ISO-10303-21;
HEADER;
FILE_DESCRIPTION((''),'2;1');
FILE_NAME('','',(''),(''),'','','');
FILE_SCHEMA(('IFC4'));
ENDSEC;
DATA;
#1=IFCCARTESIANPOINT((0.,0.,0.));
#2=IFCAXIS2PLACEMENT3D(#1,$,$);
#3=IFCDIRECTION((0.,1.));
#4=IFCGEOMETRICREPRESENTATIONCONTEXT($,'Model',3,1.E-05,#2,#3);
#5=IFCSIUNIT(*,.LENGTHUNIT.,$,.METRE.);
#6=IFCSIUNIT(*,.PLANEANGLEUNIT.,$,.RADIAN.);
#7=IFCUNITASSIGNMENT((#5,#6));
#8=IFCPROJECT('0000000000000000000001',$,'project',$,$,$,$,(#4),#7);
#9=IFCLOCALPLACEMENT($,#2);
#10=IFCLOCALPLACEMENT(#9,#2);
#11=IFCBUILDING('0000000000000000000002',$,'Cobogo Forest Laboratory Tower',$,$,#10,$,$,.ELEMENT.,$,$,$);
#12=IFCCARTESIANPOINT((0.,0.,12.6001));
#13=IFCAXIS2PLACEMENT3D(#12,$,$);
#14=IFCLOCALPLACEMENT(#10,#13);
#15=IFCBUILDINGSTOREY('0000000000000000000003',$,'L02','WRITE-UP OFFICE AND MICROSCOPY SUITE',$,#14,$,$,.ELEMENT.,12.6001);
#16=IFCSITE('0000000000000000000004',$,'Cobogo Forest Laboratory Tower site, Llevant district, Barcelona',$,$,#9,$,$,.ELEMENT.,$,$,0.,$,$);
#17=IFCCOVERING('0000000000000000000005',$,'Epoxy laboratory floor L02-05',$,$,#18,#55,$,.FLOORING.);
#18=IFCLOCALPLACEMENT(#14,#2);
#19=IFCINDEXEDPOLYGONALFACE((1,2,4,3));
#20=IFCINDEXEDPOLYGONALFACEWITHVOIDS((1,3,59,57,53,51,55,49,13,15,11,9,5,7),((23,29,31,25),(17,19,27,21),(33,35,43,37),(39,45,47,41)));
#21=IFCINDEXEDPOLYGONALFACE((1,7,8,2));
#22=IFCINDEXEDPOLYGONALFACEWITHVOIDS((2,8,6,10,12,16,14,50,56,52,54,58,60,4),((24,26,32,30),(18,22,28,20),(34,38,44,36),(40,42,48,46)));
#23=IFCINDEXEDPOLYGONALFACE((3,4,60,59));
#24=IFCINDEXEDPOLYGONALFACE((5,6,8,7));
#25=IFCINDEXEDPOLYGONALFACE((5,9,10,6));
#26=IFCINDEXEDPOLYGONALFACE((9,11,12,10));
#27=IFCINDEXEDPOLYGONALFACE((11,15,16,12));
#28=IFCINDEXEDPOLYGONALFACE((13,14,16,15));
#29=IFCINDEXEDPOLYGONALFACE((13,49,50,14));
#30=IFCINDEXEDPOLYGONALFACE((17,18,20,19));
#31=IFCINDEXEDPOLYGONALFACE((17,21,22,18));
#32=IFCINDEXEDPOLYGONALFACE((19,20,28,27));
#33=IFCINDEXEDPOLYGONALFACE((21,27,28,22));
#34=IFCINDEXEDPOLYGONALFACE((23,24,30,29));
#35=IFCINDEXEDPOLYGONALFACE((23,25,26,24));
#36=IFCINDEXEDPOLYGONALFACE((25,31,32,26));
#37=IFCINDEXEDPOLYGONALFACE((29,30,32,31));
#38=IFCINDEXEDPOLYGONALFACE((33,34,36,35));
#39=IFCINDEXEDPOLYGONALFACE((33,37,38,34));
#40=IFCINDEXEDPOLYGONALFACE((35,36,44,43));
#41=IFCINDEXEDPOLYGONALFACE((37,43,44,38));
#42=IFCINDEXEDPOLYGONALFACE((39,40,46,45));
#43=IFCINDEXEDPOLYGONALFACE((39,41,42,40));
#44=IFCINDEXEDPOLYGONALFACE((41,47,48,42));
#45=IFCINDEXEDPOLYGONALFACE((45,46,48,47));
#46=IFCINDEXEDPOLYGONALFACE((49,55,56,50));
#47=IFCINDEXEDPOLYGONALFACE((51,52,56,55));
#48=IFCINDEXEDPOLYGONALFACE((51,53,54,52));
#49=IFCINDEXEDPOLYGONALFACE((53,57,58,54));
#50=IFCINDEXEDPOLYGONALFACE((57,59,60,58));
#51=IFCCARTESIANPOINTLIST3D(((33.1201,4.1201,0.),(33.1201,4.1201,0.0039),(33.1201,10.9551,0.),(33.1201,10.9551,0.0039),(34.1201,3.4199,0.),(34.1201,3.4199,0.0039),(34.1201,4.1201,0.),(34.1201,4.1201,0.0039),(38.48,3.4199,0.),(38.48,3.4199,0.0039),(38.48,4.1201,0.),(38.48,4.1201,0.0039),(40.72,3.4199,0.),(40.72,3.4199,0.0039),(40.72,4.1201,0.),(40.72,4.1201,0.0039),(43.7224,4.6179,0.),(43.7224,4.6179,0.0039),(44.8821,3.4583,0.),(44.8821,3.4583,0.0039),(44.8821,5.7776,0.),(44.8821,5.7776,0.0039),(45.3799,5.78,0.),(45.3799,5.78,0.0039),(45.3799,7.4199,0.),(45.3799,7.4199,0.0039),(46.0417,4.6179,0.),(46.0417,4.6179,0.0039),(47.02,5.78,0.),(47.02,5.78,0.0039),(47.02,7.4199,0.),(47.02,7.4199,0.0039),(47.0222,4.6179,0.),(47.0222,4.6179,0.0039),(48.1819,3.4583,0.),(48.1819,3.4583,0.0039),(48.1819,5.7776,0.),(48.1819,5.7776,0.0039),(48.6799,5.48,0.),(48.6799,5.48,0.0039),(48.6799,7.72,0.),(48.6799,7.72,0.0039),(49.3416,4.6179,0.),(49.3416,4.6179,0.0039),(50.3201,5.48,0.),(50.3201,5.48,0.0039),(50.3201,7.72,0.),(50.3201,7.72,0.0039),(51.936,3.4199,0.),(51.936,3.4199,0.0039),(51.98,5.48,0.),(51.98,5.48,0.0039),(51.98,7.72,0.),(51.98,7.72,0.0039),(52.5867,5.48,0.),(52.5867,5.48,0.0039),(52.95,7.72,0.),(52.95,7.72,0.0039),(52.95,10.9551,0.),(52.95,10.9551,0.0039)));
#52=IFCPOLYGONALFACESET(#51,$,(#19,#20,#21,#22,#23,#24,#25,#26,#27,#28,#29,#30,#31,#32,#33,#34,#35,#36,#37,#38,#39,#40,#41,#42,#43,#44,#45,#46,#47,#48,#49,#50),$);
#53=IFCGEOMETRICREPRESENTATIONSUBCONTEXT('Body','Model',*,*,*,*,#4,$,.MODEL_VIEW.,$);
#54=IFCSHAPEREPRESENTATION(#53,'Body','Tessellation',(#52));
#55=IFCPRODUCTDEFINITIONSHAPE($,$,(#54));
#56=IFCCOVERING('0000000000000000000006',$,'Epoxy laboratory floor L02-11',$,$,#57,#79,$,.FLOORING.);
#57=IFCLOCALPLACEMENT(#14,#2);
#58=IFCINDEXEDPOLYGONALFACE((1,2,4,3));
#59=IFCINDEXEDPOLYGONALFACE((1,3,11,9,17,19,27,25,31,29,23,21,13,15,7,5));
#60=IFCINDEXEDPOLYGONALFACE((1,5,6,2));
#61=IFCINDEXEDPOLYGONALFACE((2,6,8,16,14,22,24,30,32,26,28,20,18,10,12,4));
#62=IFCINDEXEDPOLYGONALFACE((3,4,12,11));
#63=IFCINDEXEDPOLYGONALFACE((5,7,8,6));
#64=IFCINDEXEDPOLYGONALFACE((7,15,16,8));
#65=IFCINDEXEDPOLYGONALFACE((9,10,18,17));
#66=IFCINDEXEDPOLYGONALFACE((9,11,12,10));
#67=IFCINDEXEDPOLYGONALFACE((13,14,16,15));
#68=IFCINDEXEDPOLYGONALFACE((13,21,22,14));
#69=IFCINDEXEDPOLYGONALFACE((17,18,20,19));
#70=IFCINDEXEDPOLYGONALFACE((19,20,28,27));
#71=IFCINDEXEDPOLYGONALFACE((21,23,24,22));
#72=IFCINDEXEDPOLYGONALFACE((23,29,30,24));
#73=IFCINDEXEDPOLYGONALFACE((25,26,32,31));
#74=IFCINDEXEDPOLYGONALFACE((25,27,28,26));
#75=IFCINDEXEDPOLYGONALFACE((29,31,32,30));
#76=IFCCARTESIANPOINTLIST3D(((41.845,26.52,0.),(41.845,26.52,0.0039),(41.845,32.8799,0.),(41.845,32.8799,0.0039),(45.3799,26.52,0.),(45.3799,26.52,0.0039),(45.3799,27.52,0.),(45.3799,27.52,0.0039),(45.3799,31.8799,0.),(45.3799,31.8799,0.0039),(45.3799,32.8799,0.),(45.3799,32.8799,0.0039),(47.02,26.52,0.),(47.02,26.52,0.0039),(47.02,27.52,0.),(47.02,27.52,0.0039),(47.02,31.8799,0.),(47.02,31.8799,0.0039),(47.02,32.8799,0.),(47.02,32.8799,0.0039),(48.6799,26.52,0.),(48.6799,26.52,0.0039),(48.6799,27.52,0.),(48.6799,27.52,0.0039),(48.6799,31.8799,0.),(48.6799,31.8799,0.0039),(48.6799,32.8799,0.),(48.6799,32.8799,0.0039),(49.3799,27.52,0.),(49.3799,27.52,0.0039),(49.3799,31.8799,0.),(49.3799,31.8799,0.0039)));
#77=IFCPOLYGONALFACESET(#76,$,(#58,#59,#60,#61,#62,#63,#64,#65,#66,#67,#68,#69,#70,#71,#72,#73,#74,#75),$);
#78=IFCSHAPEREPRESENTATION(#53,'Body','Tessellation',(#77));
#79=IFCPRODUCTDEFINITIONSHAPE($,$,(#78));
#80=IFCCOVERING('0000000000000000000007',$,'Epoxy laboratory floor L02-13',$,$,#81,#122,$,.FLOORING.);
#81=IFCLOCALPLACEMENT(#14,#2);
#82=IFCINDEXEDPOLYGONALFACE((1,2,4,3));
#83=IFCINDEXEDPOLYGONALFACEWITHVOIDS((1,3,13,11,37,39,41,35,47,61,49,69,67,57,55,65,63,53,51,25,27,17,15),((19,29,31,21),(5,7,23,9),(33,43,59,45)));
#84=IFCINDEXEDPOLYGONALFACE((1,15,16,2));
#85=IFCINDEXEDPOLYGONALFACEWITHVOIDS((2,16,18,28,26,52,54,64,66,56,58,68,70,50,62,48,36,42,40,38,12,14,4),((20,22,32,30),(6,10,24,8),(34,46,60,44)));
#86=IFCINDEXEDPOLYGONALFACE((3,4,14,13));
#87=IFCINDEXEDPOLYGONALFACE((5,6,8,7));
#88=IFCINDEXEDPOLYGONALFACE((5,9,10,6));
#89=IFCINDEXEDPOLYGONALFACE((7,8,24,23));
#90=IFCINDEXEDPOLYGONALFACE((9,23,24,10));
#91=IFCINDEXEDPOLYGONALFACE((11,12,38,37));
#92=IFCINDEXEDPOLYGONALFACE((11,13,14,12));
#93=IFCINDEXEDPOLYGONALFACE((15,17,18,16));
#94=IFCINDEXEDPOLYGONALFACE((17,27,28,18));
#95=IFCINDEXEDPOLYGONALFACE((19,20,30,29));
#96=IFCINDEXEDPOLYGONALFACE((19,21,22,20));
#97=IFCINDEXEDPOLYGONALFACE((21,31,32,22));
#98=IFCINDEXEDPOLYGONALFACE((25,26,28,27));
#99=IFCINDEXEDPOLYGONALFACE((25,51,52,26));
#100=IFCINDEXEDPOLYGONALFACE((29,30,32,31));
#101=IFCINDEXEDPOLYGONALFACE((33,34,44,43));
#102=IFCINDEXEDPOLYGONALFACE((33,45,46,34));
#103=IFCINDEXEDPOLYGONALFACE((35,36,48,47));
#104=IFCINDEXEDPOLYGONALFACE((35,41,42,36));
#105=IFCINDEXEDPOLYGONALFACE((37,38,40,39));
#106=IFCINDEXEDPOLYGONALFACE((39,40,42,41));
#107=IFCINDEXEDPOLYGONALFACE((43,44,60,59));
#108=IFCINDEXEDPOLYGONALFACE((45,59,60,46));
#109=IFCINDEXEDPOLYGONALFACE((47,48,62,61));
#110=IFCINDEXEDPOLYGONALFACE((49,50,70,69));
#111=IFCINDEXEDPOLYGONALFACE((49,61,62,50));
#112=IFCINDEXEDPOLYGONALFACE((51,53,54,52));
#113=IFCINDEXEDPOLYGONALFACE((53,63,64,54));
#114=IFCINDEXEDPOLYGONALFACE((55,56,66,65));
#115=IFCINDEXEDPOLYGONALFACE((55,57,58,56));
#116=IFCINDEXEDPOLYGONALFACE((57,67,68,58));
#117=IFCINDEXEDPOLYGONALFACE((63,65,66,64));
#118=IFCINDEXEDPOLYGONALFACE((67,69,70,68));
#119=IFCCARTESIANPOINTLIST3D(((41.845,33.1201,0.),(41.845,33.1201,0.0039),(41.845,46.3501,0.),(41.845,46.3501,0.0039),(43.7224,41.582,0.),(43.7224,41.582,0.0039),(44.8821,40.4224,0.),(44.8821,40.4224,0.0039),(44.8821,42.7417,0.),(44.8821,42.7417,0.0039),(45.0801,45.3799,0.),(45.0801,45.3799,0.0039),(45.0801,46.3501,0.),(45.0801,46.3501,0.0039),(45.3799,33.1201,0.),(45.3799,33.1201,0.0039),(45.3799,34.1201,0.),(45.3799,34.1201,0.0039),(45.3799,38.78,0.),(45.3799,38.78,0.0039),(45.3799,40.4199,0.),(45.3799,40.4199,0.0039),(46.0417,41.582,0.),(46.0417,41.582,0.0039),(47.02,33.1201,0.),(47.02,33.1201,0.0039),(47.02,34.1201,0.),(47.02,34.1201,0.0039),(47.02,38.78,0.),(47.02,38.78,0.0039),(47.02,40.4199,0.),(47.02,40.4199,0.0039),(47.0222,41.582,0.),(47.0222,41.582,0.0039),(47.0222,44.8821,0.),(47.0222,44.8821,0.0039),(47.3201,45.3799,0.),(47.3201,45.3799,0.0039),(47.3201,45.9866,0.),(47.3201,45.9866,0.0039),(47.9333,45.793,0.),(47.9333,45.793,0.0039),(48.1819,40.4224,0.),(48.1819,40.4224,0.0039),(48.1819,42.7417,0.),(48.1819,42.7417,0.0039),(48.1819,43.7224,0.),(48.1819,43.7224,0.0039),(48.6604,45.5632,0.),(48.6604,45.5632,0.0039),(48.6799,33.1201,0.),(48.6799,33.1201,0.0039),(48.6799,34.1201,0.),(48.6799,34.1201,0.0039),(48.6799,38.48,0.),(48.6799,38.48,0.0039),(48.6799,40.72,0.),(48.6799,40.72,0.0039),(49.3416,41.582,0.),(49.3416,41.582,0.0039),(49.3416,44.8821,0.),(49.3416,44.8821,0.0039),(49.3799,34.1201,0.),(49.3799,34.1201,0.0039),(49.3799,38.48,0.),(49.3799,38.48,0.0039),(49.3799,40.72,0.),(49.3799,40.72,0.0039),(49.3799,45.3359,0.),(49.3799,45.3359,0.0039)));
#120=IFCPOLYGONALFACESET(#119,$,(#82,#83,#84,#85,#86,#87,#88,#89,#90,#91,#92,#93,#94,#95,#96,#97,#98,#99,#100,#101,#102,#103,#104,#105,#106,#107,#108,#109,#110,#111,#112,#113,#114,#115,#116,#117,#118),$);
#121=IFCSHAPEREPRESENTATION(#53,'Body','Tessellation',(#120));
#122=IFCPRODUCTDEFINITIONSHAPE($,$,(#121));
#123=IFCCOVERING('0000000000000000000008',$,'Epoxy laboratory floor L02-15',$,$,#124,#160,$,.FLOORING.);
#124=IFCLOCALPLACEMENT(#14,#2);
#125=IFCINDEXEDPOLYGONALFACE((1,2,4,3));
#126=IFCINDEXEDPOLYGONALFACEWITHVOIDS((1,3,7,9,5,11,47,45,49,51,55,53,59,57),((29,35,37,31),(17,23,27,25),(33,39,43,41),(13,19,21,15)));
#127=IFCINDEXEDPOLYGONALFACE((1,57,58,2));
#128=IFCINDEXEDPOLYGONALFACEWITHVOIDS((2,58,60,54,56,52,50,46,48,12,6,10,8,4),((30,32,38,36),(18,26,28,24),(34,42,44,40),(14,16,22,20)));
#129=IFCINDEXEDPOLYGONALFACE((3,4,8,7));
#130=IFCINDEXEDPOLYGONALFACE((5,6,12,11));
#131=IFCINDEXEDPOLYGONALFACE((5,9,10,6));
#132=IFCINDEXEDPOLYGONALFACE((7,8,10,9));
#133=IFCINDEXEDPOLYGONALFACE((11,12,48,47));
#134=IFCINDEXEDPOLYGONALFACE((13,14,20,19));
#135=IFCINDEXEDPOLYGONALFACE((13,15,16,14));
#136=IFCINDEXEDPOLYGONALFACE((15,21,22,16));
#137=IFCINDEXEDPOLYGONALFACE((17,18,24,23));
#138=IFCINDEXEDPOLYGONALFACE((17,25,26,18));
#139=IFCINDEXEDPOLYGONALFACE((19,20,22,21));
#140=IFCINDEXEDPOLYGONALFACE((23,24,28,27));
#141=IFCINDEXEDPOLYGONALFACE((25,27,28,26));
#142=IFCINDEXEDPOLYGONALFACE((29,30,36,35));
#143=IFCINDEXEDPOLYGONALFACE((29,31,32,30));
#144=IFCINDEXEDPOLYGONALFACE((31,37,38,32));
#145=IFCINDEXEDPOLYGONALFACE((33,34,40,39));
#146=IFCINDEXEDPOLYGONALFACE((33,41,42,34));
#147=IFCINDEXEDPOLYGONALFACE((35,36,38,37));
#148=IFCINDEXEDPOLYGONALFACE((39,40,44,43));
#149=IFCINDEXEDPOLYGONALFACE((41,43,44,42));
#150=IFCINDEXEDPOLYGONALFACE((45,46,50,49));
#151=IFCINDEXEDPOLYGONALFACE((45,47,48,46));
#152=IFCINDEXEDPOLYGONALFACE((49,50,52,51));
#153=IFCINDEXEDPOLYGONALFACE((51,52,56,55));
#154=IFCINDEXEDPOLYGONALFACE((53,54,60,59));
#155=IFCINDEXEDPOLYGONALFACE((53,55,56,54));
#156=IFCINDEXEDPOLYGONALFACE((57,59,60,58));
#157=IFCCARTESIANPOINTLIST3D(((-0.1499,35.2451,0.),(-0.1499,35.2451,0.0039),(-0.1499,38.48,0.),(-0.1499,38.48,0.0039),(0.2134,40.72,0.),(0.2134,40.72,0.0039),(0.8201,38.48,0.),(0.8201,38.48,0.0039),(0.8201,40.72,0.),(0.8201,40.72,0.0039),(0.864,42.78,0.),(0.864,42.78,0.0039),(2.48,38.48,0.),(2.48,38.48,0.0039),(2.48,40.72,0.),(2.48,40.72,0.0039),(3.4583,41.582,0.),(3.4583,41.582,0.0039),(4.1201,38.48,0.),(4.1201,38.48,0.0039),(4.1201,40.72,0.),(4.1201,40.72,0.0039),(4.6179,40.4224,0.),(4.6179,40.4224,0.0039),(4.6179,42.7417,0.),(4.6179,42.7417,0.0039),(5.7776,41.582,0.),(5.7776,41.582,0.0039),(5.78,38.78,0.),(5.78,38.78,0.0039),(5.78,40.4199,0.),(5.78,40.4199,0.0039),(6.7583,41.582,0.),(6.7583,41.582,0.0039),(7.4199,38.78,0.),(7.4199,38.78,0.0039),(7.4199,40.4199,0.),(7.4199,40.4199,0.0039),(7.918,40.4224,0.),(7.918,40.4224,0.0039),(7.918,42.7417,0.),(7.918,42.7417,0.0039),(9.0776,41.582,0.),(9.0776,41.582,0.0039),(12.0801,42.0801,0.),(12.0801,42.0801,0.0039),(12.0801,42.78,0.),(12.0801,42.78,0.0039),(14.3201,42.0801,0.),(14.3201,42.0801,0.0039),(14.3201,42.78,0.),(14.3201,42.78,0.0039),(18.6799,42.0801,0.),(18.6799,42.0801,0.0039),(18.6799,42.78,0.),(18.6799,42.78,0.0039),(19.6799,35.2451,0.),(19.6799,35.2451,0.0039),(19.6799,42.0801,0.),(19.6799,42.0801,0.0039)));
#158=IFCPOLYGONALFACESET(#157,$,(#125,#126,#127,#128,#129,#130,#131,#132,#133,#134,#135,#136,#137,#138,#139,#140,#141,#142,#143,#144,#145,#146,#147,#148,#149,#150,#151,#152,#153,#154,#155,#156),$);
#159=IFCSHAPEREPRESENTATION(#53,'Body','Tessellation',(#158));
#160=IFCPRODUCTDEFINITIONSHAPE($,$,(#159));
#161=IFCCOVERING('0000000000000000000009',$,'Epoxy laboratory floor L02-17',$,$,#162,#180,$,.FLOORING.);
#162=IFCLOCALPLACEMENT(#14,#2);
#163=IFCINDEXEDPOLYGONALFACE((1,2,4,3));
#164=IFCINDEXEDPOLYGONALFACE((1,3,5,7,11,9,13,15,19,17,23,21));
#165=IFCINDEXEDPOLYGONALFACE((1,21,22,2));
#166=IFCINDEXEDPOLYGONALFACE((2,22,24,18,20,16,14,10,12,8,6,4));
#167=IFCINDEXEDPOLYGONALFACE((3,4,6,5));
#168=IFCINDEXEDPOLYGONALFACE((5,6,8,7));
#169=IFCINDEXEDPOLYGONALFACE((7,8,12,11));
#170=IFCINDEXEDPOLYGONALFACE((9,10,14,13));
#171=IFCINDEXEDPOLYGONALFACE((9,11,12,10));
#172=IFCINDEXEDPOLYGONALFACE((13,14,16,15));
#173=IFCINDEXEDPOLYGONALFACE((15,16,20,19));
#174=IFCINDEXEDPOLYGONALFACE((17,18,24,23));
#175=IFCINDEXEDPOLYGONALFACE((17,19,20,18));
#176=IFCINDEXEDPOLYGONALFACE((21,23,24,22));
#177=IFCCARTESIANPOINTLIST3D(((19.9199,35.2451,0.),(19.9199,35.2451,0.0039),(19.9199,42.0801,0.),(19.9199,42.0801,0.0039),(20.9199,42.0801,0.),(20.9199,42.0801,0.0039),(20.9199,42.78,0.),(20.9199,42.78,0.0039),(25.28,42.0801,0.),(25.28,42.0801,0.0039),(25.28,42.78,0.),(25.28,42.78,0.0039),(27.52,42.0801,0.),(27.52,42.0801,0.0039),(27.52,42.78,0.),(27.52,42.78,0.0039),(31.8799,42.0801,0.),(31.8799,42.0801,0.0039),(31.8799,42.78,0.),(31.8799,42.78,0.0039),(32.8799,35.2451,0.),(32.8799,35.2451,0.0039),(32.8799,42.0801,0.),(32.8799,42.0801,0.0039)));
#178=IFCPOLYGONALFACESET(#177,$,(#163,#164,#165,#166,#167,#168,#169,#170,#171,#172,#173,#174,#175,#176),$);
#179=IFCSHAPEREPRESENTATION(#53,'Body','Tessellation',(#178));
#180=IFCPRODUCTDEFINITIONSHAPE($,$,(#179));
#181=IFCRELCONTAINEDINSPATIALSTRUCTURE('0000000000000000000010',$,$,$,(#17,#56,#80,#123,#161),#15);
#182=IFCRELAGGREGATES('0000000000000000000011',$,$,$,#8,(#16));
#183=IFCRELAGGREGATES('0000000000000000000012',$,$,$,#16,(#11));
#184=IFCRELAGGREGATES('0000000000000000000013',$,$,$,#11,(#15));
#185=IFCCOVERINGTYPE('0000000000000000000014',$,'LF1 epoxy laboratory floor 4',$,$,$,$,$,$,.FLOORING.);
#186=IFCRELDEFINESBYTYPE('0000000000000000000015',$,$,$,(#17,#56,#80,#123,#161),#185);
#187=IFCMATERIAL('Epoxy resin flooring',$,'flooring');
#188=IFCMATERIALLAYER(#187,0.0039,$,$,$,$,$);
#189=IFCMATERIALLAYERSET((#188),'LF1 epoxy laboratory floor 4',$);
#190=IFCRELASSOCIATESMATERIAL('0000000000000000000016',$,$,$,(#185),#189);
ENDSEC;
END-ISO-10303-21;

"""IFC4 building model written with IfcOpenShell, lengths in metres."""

from ifc_helpers import new_model, si_unit, direction, frame, origin, place, context, subcontext, project, spatial, polyline, outline, extrude, material, layer, layer_set, type_object, element, save


model = new_model("IFC4")

# Units and contexts
model_context = context("Model", 3, precision=1e-05, world=origin(), true_north=direction((0.0, 1.0)))
body_context = subcontext(model_context, "Body", "Model", "MODEL_VIEW")
ifc_project = project(units=[si_unit("LENGTHUNIT", "METRE"), si_unit("PLANEANGLEUNIT", "RADIAN")], contexts=[model_context])

# Site, building, storey
site_placement = place(None, origin())
site = spatial("IfcSite", under=ifc_project, at=site_placement, Name="Cobogo Forest Laboratory Tower site, Llevant district, Barcelona", CompositionType="ELEMENT", RefElevation=0.0)
building_placement = place(site_placement, origin())
building = spatial("IfcBuilding", under=site, at=building_placement, Name="Cobogo Forest Laboratory Tower", CompositionType="ELEMENT")
storey_placement = place(building_placement, frame((0.0, 0.0, 12.6001)))
storey = spatial("IfcBuildingStorey", under=building, at=storey_placement, Name="L02", Description="WRITE-UP OFFICE AND MICROSCOPY SUITE", CompositionType="ELEMENT", Elevation=12.6001)

# Coverings
ifc_material_1 = material(Name="Epoxy resin flooring", Category="flooring")
ifc_layer_1 = layer(ifc_material_1, 0.0039)
ifc_layer_set_1 = layer_set([ifc_layer_1], Name="LF1 epoxy laboratory floor 4")
covering_type_1 = type_object("IfcCoveringType", Name="LF1 epoxy laboratory floor 4", PredefinedType="FLOORING", material=ifc_layer_set_1)
covering_1_placement = place(storey_placement, origin())
element("IfcCovering", 1, at=covering_1_placement, inside=storey, type_object=covering_type_1, Name="Epoxy laboratory floor L02-05", PredefinedType="FLOORING", context=body_context, shape_type="SweptSolid", body=[
    extrude(outline(polyline([(33.1201, 10.9551), (52.95, 10.9551), (52.95, 7.72), (51.98, 7.72), (51.98, 5.48), (52.5867, 5.48), (51.936, 3.4199), (40.72, 3.4199), (40.72, 4.1201), (38.48, 4.1201), (38.48, 3.4199), (34.1201, 3.4199), (34.1201, 4.1201), (33.1201, 4.1201), (33.1201, 10.9551)]), holes=[polyline([(48.6799, 5.48), (50.3201, 5.48), (50.3201, 7.72), (48.6799, 7.72), (48.6799, 5.48)]), polyline([(48.1819, 5.7776), (47.0222, 4.6179), (48.1819, 3.4583), (49.3416, 4.6179), (48.1819, 5.7776)]), polyline([(45.3799, 7.4199), (45.3799, 5.78), (47.02, 5.78), (47.02, 7.4199), (45.3799, 7.4199)]), polyline([(44.8821, 5.7776), (43.7224, 4.6179), (44.8821, 3.4583), (46.0417, 4.6179), (44.8821, 5.7776)])]), origin(), (0.0, 0.0, 1.0), 0.0039),
])
covering_2_placement = place(storey_placement, origin())
element("IfcCovering", 2, at=covering_2_placement, inside=storey, type_object=covering_type_1, Name="Epoxy laboratory floor L02-11", PredefinedType="FLOORING", context=body_context, shape_type="SweptSolid", body=[
    extrude(outline(polyline([(41.845, 32.8799), (45.3799, 32.8799), (45.3799, 31.8799), (47.02, 31.8799), (47.02, 32.8799), (48.6799, 32.8799), (48.6799, 31.8799), (49.3799, 31.8799), (49.3799, 27.52), (48.6799, 27.52), (48.6799, 26.52), (47.02, 26.52), (47.02, 27.52), (45.3799, 27.52), (45.3799, 26.52), (41.845, 26.52), (41.845, 32.8799)])), origin(), (0.0, 0.0, 1.0), 0.0039),
])
covering_3_placement = place(storey_placement, origin())
element("IfcCovering", 3, at=covering_3_placement, inside=storey, type_object=covering_type_1, Name="Epoxy laboratory floor L02-13", PredefinedType="FLOORING", context=body_context, shape_type="SweptSolid", body=[
    extrude(outline(polyline([(47.02, 33.1201), (47.02, 34.1201), (45.3799, 34.1201), (45.3799, 33.1201), (41.845, 33.1201), (41.845, 46.3501), (45.0801, 46.3501), (45.0801, 45.3799), (47.3201, 45.3799), (47.3201, 45.9866), (47.9333, 45.793), (47.0222, 44.8821), (48.1819, 43.7224), (49.3416, 44.8821), (48.6604, 45.5632), (49.3799, 45.3359), (49.3799, 40.72), (48.6799, 40.72), (48.6799, 38.48), (49.3799, 38.48), (49.3799, 34.1201), (48.6799, 34.1201), (48.6799, 33.1201), (47.02, 33.1201)]), holes=[polyline([(47.0222, 41.582), (48.1819, 40.4224), (49.3416, 41.582), (48.1819, 42.7417), (47.0222, 41.582)]), polyline([(47.02, 40.4199), (45.3799, 40.4199), (45.3799, 38.78), (47.02, 38.78), (47.02, 40.4199)]), polyline([(43.7224, 41.582), (44.8821, 40.4224), (46.0417, 41.582), (44.8821, 42.7417), (43.7224, 41.582)])]), origin(), (0.0, 0.0, 1.0), 0.0039),
])
covering_4_placement = place(storey_placement, origin())
element("IfcCovering", 4, at=covering_4_placement, inside=storey, type_object=covering_type_1, Name="Epoxy laboratory floor L02-15", PredefinedType="FLOORING", context=body_context, shape_type="SweptSolid", body=[
    extrude(outline(polyline([(19.6799, 35.2451), (-0.1499, 35.2451), (-0.1499, 38.48), (0.8201, 38.48), (0.8201, 40.72), (0.2134, 40.72), (0.864, 42.78), (12.0801, 42.78), (12.0801, 42.0801), (14.3201, 42.0801), (14.3201, 42.78), (18.6799, 42.78), (18.6799, 42.0801), (19.6799, 42.0801), (19.6799, 35.2451)]), holes=[polyline([(6.7583, 41.582), (7.918, 40.4224), (9.0776, 41.582), (7.918, 42.7417), (6.7583, 41.582)]), polyline([(5.78, 40.4199), (5.78, 38.78), (7.4199, 38.78), (7.4199, 40.4199), (5.78, 40.4199)]), polyline([(3.4583, 41.582), (4.6179, 40.4224), (5.7776, 41.582), (4.6179, 42.7417), (3.4583, 41.582)]), polyline([(2.48, 38.48), (4.1201, 38.48), (4.1201, 40.72), (2.48, 40.72), (2.48, 38.48)])]), origin(), (0.0, 0.0, 1.0), 0.0039),
])
covering_5_placement = place(storey_placement, origin())
element("IfcCovering", 5, at=covering_5_placement, inside=storey, type_object=covering_type_1, Name="Epoxy laboratory floor L02-17", PredefinedType="FLOORING", context=body_context, shape_type="SweptSolid", body=[
    extrude(outline(polyline([(19.9199, 42.0801), (20.9199, 42.0801), (20.9199, 42.78), (25.28, 42.78), (25.28, 42.0801), (27.52, 42.0801), (27.52, 42.78), (31.8799, 42.78), (31.8799, 42.0801), (32.8799, 42.0801), (32.8799, 35.2451), (19.9199, 35.2451), (19.9199, 42.0801)])), origin(), (0.0, 0.0, 1.0), 0.0039),
])

save(model, "model.ifc")
